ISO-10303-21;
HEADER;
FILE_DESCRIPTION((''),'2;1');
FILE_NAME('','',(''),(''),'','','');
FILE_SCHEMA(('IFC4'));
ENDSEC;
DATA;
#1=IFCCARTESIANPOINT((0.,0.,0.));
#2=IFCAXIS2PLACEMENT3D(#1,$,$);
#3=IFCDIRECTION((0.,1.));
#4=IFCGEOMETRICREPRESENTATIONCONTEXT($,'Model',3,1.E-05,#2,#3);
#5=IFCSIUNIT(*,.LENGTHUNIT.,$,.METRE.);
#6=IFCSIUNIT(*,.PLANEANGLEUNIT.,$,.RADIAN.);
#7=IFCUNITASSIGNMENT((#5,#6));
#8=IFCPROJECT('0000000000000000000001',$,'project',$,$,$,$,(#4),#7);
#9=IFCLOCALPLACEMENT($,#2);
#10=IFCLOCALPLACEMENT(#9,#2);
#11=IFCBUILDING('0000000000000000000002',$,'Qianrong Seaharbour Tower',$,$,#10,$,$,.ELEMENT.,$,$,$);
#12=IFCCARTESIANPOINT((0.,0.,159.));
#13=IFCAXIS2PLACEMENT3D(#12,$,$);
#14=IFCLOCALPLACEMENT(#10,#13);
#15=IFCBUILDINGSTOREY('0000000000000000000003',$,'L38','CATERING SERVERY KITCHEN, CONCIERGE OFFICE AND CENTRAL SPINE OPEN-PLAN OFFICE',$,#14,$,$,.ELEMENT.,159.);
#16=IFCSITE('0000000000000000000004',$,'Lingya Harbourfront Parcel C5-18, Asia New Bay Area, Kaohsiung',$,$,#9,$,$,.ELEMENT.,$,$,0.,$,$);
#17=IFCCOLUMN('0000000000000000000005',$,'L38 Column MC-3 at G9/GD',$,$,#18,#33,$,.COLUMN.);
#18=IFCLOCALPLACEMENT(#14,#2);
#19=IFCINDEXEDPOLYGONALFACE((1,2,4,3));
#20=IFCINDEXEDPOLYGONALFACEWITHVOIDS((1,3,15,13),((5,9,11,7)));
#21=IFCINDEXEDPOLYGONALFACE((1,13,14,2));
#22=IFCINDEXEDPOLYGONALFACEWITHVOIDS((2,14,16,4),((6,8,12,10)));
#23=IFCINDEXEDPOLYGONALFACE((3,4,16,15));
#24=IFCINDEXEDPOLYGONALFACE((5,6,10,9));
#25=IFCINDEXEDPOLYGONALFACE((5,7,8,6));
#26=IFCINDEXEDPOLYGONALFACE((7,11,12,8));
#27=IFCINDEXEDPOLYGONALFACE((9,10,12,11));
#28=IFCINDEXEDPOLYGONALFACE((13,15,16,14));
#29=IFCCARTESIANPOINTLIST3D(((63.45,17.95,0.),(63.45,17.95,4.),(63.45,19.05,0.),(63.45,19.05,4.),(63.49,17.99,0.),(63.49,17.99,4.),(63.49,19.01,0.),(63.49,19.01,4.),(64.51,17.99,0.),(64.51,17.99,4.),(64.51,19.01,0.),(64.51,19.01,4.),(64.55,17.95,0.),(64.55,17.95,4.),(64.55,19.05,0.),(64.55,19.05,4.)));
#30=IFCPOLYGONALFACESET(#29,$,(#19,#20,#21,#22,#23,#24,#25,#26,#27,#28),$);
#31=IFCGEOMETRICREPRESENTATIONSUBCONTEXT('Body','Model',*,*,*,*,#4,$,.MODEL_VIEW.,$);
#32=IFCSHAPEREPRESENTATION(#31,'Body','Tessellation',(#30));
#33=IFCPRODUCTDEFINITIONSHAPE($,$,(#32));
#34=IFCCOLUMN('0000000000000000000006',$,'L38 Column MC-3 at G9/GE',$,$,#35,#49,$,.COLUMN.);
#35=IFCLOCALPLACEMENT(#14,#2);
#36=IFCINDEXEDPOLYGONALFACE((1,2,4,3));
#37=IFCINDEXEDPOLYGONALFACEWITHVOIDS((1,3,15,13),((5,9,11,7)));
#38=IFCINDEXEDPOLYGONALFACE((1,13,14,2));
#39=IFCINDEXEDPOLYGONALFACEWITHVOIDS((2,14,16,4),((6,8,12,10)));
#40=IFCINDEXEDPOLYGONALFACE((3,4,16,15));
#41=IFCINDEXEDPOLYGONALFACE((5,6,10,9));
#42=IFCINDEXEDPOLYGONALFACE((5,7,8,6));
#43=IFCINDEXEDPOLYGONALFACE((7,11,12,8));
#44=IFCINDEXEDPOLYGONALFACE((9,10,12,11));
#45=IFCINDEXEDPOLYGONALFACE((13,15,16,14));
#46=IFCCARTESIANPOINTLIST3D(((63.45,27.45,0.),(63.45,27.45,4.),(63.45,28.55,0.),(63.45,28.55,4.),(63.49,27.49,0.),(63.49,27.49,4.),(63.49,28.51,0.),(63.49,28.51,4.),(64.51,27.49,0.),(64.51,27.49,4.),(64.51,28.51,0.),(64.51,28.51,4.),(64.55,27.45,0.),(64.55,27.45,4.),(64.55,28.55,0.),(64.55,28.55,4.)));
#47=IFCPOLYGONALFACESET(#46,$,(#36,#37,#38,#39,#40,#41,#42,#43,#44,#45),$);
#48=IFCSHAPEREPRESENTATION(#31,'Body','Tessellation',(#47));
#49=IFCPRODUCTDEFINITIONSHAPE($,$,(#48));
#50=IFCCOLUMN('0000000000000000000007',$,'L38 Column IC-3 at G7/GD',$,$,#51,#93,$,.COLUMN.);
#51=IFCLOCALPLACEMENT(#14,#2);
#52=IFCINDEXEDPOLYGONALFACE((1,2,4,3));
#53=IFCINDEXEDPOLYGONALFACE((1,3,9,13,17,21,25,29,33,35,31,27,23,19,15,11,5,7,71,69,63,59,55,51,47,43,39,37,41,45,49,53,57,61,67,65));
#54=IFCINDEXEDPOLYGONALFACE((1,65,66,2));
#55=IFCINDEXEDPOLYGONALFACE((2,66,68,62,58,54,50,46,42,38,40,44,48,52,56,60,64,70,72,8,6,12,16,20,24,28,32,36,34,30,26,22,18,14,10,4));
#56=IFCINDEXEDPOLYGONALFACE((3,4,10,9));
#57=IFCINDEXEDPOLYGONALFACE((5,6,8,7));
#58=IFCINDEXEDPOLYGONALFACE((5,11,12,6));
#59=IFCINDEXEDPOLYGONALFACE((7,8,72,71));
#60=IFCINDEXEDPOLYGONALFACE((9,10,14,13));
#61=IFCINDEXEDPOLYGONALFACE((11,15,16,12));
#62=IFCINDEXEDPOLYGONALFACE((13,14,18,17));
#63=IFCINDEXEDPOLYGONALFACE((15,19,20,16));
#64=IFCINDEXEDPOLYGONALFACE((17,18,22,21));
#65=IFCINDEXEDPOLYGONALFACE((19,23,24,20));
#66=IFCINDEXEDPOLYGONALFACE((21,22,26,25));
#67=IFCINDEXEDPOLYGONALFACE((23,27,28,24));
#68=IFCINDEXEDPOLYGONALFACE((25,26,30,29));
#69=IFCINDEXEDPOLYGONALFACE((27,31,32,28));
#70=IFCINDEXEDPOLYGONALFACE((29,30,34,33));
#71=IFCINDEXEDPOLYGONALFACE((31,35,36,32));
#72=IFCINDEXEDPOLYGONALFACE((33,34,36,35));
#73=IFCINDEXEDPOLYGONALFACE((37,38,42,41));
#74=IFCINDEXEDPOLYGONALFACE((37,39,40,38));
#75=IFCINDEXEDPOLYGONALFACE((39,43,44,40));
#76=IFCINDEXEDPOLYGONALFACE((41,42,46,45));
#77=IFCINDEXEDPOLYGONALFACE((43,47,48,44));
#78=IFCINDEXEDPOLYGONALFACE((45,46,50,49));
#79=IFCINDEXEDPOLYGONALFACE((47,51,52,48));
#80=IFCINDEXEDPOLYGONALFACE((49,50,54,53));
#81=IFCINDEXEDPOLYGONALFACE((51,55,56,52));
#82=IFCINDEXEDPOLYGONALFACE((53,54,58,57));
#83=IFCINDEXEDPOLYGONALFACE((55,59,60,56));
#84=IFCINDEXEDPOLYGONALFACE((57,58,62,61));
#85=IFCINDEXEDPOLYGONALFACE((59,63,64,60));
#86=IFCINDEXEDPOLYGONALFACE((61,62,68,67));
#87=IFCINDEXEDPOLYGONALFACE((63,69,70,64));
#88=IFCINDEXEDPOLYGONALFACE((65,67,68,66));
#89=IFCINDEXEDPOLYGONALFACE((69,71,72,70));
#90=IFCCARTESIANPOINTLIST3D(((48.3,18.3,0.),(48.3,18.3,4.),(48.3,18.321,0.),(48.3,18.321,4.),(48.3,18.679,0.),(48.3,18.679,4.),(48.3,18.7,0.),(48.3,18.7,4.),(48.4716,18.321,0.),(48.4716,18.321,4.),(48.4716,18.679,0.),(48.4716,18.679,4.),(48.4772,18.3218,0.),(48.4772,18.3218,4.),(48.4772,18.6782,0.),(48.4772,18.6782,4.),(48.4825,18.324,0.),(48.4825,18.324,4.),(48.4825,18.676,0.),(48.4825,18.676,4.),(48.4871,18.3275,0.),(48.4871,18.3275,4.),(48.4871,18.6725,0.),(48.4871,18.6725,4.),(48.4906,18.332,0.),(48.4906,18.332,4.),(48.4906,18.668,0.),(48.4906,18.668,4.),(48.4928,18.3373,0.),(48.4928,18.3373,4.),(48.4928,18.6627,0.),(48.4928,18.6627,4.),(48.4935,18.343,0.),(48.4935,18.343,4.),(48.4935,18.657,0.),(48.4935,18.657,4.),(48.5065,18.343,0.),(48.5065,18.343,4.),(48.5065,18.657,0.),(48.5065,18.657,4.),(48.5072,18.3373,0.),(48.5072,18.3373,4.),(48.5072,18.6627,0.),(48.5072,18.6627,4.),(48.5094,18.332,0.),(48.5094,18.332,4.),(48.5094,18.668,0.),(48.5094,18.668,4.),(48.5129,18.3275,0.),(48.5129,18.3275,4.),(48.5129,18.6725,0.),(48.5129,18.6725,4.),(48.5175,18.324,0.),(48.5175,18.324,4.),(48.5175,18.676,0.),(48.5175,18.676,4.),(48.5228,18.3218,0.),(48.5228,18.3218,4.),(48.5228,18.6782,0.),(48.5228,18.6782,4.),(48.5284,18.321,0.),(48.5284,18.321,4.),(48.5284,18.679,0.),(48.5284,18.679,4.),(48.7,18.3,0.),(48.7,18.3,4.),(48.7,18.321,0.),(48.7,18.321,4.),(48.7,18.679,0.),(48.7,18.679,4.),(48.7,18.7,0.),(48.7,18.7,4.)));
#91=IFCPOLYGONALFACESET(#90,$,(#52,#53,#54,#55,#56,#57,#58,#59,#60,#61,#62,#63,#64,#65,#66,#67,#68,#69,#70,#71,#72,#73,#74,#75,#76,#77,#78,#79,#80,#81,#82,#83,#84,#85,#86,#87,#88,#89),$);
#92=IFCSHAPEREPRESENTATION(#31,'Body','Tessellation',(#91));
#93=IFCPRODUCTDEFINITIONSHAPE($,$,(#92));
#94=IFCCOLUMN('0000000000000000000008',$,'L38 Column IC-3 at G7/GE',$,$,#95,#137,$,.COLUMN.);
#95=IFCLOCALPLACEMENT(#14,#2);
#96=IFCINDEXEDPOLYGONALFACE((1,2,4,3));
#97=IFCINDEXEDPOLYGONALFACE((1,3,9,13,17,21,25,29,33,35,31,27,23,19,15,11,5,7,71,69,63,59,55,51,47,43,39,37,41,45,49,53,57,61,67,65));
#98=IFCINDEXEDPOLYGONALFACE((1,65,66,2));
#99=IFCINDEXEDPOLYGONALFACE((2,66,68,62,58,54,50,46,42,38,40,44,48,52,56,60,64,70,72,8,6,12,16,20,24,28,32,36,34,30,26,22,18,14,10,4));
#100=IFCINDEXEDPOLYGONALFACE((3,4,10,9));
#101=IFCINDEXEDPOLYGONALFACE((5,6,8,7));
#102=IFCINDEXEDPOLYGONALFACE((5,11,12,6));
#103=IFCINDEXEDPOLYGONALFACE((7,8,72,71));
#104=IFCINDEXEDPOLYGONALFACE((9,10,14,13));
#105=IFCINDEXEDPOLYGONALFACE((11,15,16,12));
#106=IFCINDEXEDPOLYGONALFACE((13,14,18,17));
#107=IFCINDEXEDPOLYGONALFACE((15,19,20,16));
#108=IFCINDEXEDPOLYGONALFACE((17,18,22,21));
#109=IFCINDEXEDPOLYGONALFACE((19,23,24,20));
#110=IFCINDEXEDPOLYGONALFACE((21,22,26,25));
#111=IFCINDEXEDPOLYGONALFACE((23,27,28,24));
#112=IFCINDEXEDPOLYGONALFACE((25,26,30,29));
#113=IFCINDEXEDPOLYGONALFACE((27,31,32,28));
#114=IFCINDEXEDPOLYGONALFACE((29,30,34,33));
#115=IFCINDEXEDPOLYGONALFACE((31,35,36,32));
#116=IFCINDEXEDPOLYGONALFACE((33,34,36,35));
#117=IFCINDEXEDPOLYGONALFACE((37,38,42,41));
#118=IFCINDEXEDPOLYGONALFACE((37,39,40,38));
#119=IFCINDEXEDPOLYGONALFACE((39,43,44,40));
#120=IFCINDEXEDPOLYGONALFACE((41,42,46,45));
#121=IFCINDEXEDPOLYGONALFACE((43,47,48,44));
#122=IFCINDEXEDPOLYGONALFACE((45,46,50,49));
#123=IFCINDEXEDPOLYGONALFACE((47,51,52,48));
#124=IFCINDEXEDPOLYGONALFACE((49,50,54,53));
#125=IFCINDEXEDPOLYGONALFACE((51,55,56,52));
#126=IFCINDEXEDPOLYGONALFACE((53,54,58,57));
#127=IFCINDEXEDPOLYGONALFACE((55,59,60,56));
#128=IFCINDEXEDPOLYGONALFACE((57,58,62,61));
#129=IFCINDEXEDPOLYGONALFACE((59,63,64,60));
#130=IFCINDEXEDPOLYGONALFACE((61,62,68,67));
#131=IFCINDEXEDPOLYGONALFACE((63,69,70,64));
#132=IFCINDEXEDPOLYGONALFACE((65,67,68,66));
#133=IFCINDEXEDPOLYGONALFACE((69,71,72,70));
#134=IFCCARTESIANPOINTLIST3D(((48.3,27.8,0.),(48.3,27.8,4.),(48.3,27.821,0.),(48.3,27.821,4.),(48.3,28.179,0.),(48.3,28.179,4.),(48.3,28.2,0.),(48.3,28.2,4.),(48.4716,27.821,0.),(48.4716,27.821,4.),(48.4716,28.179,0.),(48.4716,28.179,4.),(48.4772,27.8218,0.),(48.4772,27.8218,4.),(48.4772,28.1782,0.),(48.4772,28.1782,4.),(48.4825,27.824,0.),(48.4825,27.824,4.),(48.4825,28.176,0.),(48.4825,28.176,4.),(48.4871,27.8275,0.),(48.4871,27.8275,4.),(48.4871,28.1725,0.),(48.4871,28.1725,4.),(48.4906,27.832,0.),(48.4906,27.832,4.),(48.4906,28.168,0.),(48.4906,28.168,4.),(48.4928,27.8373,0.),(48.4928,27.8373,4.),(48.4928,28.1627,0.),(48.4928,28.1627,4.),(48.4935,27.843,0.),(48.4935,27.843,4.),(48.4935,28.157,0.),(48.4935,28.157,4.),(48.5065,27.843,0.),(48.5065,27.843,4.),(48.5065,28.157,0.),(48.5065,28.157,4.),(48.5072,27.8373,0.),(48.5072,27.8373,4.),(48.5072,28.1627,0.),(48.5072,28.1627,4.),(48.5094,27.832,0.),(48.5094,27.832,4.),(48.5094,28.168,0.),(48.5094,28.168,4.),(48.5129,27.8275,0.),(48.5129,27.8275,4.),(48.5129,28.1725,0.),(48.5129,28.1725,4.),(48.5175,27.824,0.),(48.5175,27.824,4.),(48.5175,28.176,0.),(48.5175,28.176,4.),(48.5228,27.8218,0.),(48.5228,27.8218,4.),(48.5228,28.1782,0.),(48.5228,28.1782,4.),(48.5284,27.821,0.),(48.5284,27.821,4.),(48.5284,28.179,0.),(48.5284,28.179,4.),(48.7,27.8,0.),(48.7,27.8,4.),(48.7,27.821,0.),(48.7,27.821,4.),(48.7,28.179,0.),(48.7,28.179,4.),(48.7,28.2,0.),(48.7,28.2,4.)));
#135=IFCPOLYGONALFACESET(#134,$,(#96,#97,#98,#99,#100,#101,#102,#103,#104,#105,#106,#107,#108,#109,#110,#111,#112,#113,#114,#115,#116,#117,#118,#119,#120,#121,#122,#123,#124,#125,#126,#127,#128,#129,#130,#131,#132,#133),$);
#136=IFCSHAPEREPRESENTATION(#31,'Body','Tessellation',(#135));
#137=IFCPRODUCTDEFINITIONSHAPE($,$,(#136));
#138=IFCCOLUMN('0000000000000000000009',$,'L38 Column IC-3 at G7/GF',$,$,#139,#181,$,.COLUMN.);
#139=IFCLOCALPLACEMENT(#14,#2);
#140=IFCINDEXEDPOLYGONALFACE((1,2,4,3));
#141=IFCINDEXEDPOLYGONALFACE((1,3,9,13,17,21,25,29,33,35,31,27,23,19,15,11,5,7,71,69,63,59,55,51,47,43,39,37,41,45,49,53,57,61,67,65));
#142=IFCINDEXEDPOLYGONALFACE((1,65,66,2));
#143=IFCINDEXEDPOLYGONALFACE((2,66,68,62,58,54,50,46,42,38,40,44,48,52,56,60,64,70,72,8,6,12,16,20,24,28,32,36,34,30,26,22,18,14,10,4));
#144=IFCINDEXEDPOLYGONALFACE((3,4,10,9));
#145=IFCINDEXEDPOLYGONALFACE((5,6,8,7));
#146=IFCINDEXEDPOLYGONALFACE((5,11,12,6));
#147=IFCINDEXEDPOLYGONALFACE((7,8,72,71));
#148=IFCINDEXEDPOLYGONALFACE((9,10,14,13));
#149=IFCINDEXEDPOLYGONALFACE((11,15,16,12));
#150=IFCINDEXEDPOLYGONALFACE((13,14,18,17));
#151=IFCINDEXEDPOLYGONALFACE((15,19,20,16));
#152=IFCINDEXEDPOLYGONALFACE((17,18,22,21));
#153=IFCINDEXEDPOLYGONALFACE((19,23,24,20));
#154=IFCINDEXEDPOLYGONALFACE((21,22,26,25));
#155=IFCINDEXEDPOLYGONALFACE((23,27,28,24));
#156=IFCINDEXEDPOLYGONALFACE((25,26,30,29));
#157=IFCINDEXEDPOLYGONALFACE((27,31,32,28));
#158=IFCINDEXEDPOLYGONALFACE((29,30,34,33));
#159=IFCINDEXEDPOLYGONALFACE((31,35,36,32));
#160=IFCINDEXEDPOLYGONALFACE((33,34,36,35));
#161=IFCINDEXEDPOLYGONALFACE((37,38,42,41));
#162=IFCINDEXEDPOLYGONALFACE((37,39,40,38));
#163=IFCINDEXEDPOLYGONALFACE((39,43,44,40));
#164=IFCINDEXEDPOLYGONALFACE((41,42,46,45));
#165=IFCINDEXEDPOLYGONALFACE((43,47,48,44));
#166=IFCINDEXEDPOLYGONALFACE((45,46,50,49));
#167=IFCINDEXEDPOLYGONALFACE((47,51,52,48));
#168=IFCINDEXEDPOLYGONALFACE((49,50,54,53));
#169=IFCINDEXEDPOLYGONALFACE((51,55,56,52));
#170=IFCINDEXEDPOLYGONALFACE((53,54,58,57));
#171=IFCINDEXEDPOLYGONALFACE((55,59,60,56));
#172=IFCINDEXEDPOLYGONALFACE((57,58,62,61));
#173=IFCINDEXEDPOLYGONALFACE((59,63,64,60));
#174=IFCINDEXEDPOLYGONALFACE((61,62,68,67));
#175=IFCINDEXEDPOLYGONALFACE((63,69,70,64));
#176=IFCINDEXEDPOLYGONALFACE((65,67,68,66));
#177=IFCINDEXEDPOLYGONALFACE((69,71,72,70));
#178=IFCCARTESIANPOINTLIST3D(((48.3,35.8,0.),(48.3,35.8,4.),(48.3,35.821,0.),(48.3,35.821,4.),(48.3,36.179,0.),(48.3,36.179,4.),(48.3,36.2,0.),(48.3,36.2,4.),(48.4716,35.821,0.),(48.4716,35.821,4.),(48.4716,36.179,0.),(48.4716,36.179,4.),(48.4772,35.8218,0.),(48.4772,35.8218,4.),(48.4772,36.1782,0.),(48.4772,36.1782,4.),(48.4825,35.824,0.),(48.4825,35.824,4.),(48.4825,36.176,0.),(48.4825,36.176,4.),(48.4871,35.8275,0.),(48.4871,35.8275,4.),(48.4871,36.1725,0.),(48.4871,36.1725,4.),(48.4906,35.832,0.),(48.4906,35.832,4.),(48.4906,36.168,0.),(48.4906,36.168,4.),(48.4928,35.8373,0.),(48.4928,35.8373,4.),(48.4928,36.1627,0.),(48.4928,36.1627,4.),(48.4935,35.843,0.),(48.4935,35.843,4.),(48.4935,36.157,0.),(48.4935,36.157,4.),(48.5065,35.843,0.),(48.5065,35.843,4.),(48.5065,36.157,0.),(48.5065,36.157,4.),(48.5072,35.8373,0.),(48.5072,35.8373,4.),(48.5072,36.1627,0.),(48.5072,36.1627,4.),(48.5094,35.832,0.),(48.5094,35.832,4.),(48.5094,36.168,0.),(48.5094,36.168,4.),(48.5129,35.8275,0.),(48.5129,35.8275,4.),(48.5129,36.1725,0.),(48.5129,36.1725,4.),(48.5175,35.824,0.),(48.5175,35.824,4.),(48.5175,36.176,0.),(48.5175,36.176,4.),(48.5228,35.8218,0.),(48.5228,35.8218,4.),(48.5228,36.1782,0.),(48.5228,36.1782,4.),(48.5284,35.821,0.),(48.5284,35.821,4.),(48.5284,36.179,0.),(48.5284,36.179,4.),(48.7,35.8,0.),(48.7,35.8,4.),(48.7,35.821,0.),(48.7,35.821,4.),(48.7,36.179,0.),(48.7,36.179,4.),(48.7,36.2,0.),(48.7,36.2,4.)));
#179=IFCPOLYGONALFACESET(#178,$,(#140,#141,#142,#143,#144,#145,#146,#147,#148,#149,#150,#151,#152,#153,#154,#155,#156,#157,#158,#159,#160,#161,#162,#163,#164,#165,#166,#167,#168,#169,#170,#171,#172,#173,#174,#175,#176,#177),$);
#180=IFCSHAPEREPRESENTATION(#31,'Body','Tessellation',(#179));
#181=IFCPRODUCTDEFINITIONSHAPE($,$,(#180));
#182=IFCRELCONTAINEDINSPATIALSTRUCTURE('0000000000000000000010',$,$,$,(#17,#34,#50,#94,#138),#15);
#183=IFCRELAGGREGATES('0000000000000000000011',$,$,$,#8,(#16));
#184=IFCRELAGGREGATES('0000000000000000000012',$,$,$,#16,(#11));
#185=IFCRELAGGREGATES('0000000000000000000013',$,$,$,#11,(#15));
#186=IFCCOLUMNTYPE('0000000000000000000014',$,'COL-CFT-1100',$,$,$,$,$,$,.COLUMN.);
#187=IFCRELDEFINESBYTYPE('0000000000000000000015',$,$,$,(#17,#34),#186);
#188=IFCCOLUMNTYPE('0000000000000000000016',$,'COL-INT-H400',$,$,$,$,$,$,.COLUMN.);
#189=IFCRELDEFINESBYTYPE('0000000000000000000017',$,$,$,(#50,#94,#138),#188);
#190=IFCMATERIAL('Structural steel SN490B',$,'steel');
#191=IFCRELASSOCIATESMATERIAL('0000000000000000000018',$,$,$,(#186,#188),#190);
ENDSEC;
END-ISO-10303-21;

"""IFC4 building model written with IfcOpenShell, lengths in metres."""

from ifc_helpers import new_model, si_unit, direction, frame, origin, origin_2d, place, context, subcontext, project, spatial, hollow_rectangle, i_section, extrude, material, material_profile, profile_set, type_object, element, save


model = new_model("IFC4")

# Units and contexts
model_context = context("Model", 3, precision=1e-05, world=origin(), true_north=direction((0.0, 1.0)))
body_context = subcontext(model_context, "Body", "Model", "MODEL_VIEW")
ifc_project = project(units=[si_unit("LENGTHUNIT", "METRE"), si_unit("PLANEANGLEUNIT", "RADIAN")], contexts=[model_context])

# Site, building, storey
site_placement = place(None, origin())
site = spatial("IfcSite", under=ifc_project, at=site_placement, Name="Lingya Harbourfront Parcel C5-18, Asia New Bay Area, Kaohsiung", CompositionType="ELEMENT", RefElevation=0.0)
building_placement = place(site_placement, origin())
building = spatial("IfcBuilding", under=site, at=building_placement, Name="Qianrong Seaharbour Tower", CompositionType="ELEMENT")
storey_placement = place(building_placement, frame((0.0, 0.0, 159.0)))
storey = spatial("IfcBuildingStorey", under=building, at=storey_placement, Name="L38", Description="CATERING SERVERY KITCHEN, CONCIERGE OFFICE AND CENTRAL SPINE OPEN-PLAN OFFICE", CompositionType="ELEMENT", Elevation=159.0)

# Columns
ifc_material_1 = material(Name="Structural steel SN490B", Category="steel")
ifc_material_profile_1 = material_profile(ifc_material_1, hollow_rectangle(XDim=1.1001, YDim=1.1001, WallThickness=0.04, at=origin_2d()), Name="BOX1100x1100x40")
ifc_profile_set_1 = profile_set([ifc_material_profile_1], Name="Structural steel SN490B")
column_type_1 = type_object("IfcColumnType", Name="COL-CFT-1100", PredefinedType="COLUMN", material=ifc_profile_set_1)
for number, where, z_axis, x_axis, name in (
    (1, (64.0, 18.5, 0.0), (0.0, 0.0, 1.0), (1.0, 0.0, 0.0), "L38 Column MC-3 at G9/GD"),
    (2, (64.0, 28.0, 0.0), (0.0, 0.0, 1.0), (1.0, 0.0, 0.0), "L38 Column MC-3 at G9/GE"),
):
    element("IfcColumn", number, at=place(storey_placement, frame(where, z_axis=z_axis, x_axis=x_axis)), inside=storey, type_object=column_type_1, Name=name, PredefinedType="COLUMN", context=body_context, shape_type="SweptSolid", body=[
        extrude(hollow_rectangle(XDim=1.1001, YDim=1.1001, WallThickness=0.04, at=origin_2d()), origin(), (0.0, 0.0, 1.0), 4.0),
    ])
ifc_material_profile_2 = material_profile(ifc_material_1, i_section(OverallWidth=0.3999, OverallDepth=0.3999, WebThickness=0.0129, FlangeThickness=0.021, FilletRadius=0.022, at=origin_2d()), Name="H400x400x13x21")
ifc_profile_set_2 = profile_set([ifc_material_profile_2], Name="Structural steel SN490B")
column_type_2 = type_object("IfcColumnType", Name="COL-INT-H400", PredefinedType="COLUMN", material=ifc_profile_set_2)
for number, where, z_axis, x_axis, name in (
    (3, (48.5, 18.5, 0.0), (0.0, 0.0, 1.0), (1.0, 0.0, 0.0), "L38 Column IC-3 at G7/GD"),
    (4, (48.5, 28.0, 0.0), (0.0, 0.0, 1.0), (1.0, 0.0, 0.0), "L38 Column IC-3 at G7/GE"),
    (5, (48.5, 36.0, 0.0), (0.0, 0.0, 1.0), (1.0, 0.0, 0.0), "L38 Column IC-3 at G7/GF"),
):
    element("IfcColumn", number, at=place(storey_placement, frame(where, z_axis=z_axis, x_axis=x_axis)), inside=storey, type_object=column_type_2, Name=name, PredefinedType="COLUMN", context=body_context, shape_type="SweptSolid", body=[
        extrude(i_section(OverallWidth=0.3999, OverallDepth=0.3999, WebThickness=0.0129, FlangeThickness=0.021, FilletRadius=0.022, at=origin_2d()), origin(), (0.0, 0.0, 1.0), 4.0),
    ])

save(model, "model.ifc")
